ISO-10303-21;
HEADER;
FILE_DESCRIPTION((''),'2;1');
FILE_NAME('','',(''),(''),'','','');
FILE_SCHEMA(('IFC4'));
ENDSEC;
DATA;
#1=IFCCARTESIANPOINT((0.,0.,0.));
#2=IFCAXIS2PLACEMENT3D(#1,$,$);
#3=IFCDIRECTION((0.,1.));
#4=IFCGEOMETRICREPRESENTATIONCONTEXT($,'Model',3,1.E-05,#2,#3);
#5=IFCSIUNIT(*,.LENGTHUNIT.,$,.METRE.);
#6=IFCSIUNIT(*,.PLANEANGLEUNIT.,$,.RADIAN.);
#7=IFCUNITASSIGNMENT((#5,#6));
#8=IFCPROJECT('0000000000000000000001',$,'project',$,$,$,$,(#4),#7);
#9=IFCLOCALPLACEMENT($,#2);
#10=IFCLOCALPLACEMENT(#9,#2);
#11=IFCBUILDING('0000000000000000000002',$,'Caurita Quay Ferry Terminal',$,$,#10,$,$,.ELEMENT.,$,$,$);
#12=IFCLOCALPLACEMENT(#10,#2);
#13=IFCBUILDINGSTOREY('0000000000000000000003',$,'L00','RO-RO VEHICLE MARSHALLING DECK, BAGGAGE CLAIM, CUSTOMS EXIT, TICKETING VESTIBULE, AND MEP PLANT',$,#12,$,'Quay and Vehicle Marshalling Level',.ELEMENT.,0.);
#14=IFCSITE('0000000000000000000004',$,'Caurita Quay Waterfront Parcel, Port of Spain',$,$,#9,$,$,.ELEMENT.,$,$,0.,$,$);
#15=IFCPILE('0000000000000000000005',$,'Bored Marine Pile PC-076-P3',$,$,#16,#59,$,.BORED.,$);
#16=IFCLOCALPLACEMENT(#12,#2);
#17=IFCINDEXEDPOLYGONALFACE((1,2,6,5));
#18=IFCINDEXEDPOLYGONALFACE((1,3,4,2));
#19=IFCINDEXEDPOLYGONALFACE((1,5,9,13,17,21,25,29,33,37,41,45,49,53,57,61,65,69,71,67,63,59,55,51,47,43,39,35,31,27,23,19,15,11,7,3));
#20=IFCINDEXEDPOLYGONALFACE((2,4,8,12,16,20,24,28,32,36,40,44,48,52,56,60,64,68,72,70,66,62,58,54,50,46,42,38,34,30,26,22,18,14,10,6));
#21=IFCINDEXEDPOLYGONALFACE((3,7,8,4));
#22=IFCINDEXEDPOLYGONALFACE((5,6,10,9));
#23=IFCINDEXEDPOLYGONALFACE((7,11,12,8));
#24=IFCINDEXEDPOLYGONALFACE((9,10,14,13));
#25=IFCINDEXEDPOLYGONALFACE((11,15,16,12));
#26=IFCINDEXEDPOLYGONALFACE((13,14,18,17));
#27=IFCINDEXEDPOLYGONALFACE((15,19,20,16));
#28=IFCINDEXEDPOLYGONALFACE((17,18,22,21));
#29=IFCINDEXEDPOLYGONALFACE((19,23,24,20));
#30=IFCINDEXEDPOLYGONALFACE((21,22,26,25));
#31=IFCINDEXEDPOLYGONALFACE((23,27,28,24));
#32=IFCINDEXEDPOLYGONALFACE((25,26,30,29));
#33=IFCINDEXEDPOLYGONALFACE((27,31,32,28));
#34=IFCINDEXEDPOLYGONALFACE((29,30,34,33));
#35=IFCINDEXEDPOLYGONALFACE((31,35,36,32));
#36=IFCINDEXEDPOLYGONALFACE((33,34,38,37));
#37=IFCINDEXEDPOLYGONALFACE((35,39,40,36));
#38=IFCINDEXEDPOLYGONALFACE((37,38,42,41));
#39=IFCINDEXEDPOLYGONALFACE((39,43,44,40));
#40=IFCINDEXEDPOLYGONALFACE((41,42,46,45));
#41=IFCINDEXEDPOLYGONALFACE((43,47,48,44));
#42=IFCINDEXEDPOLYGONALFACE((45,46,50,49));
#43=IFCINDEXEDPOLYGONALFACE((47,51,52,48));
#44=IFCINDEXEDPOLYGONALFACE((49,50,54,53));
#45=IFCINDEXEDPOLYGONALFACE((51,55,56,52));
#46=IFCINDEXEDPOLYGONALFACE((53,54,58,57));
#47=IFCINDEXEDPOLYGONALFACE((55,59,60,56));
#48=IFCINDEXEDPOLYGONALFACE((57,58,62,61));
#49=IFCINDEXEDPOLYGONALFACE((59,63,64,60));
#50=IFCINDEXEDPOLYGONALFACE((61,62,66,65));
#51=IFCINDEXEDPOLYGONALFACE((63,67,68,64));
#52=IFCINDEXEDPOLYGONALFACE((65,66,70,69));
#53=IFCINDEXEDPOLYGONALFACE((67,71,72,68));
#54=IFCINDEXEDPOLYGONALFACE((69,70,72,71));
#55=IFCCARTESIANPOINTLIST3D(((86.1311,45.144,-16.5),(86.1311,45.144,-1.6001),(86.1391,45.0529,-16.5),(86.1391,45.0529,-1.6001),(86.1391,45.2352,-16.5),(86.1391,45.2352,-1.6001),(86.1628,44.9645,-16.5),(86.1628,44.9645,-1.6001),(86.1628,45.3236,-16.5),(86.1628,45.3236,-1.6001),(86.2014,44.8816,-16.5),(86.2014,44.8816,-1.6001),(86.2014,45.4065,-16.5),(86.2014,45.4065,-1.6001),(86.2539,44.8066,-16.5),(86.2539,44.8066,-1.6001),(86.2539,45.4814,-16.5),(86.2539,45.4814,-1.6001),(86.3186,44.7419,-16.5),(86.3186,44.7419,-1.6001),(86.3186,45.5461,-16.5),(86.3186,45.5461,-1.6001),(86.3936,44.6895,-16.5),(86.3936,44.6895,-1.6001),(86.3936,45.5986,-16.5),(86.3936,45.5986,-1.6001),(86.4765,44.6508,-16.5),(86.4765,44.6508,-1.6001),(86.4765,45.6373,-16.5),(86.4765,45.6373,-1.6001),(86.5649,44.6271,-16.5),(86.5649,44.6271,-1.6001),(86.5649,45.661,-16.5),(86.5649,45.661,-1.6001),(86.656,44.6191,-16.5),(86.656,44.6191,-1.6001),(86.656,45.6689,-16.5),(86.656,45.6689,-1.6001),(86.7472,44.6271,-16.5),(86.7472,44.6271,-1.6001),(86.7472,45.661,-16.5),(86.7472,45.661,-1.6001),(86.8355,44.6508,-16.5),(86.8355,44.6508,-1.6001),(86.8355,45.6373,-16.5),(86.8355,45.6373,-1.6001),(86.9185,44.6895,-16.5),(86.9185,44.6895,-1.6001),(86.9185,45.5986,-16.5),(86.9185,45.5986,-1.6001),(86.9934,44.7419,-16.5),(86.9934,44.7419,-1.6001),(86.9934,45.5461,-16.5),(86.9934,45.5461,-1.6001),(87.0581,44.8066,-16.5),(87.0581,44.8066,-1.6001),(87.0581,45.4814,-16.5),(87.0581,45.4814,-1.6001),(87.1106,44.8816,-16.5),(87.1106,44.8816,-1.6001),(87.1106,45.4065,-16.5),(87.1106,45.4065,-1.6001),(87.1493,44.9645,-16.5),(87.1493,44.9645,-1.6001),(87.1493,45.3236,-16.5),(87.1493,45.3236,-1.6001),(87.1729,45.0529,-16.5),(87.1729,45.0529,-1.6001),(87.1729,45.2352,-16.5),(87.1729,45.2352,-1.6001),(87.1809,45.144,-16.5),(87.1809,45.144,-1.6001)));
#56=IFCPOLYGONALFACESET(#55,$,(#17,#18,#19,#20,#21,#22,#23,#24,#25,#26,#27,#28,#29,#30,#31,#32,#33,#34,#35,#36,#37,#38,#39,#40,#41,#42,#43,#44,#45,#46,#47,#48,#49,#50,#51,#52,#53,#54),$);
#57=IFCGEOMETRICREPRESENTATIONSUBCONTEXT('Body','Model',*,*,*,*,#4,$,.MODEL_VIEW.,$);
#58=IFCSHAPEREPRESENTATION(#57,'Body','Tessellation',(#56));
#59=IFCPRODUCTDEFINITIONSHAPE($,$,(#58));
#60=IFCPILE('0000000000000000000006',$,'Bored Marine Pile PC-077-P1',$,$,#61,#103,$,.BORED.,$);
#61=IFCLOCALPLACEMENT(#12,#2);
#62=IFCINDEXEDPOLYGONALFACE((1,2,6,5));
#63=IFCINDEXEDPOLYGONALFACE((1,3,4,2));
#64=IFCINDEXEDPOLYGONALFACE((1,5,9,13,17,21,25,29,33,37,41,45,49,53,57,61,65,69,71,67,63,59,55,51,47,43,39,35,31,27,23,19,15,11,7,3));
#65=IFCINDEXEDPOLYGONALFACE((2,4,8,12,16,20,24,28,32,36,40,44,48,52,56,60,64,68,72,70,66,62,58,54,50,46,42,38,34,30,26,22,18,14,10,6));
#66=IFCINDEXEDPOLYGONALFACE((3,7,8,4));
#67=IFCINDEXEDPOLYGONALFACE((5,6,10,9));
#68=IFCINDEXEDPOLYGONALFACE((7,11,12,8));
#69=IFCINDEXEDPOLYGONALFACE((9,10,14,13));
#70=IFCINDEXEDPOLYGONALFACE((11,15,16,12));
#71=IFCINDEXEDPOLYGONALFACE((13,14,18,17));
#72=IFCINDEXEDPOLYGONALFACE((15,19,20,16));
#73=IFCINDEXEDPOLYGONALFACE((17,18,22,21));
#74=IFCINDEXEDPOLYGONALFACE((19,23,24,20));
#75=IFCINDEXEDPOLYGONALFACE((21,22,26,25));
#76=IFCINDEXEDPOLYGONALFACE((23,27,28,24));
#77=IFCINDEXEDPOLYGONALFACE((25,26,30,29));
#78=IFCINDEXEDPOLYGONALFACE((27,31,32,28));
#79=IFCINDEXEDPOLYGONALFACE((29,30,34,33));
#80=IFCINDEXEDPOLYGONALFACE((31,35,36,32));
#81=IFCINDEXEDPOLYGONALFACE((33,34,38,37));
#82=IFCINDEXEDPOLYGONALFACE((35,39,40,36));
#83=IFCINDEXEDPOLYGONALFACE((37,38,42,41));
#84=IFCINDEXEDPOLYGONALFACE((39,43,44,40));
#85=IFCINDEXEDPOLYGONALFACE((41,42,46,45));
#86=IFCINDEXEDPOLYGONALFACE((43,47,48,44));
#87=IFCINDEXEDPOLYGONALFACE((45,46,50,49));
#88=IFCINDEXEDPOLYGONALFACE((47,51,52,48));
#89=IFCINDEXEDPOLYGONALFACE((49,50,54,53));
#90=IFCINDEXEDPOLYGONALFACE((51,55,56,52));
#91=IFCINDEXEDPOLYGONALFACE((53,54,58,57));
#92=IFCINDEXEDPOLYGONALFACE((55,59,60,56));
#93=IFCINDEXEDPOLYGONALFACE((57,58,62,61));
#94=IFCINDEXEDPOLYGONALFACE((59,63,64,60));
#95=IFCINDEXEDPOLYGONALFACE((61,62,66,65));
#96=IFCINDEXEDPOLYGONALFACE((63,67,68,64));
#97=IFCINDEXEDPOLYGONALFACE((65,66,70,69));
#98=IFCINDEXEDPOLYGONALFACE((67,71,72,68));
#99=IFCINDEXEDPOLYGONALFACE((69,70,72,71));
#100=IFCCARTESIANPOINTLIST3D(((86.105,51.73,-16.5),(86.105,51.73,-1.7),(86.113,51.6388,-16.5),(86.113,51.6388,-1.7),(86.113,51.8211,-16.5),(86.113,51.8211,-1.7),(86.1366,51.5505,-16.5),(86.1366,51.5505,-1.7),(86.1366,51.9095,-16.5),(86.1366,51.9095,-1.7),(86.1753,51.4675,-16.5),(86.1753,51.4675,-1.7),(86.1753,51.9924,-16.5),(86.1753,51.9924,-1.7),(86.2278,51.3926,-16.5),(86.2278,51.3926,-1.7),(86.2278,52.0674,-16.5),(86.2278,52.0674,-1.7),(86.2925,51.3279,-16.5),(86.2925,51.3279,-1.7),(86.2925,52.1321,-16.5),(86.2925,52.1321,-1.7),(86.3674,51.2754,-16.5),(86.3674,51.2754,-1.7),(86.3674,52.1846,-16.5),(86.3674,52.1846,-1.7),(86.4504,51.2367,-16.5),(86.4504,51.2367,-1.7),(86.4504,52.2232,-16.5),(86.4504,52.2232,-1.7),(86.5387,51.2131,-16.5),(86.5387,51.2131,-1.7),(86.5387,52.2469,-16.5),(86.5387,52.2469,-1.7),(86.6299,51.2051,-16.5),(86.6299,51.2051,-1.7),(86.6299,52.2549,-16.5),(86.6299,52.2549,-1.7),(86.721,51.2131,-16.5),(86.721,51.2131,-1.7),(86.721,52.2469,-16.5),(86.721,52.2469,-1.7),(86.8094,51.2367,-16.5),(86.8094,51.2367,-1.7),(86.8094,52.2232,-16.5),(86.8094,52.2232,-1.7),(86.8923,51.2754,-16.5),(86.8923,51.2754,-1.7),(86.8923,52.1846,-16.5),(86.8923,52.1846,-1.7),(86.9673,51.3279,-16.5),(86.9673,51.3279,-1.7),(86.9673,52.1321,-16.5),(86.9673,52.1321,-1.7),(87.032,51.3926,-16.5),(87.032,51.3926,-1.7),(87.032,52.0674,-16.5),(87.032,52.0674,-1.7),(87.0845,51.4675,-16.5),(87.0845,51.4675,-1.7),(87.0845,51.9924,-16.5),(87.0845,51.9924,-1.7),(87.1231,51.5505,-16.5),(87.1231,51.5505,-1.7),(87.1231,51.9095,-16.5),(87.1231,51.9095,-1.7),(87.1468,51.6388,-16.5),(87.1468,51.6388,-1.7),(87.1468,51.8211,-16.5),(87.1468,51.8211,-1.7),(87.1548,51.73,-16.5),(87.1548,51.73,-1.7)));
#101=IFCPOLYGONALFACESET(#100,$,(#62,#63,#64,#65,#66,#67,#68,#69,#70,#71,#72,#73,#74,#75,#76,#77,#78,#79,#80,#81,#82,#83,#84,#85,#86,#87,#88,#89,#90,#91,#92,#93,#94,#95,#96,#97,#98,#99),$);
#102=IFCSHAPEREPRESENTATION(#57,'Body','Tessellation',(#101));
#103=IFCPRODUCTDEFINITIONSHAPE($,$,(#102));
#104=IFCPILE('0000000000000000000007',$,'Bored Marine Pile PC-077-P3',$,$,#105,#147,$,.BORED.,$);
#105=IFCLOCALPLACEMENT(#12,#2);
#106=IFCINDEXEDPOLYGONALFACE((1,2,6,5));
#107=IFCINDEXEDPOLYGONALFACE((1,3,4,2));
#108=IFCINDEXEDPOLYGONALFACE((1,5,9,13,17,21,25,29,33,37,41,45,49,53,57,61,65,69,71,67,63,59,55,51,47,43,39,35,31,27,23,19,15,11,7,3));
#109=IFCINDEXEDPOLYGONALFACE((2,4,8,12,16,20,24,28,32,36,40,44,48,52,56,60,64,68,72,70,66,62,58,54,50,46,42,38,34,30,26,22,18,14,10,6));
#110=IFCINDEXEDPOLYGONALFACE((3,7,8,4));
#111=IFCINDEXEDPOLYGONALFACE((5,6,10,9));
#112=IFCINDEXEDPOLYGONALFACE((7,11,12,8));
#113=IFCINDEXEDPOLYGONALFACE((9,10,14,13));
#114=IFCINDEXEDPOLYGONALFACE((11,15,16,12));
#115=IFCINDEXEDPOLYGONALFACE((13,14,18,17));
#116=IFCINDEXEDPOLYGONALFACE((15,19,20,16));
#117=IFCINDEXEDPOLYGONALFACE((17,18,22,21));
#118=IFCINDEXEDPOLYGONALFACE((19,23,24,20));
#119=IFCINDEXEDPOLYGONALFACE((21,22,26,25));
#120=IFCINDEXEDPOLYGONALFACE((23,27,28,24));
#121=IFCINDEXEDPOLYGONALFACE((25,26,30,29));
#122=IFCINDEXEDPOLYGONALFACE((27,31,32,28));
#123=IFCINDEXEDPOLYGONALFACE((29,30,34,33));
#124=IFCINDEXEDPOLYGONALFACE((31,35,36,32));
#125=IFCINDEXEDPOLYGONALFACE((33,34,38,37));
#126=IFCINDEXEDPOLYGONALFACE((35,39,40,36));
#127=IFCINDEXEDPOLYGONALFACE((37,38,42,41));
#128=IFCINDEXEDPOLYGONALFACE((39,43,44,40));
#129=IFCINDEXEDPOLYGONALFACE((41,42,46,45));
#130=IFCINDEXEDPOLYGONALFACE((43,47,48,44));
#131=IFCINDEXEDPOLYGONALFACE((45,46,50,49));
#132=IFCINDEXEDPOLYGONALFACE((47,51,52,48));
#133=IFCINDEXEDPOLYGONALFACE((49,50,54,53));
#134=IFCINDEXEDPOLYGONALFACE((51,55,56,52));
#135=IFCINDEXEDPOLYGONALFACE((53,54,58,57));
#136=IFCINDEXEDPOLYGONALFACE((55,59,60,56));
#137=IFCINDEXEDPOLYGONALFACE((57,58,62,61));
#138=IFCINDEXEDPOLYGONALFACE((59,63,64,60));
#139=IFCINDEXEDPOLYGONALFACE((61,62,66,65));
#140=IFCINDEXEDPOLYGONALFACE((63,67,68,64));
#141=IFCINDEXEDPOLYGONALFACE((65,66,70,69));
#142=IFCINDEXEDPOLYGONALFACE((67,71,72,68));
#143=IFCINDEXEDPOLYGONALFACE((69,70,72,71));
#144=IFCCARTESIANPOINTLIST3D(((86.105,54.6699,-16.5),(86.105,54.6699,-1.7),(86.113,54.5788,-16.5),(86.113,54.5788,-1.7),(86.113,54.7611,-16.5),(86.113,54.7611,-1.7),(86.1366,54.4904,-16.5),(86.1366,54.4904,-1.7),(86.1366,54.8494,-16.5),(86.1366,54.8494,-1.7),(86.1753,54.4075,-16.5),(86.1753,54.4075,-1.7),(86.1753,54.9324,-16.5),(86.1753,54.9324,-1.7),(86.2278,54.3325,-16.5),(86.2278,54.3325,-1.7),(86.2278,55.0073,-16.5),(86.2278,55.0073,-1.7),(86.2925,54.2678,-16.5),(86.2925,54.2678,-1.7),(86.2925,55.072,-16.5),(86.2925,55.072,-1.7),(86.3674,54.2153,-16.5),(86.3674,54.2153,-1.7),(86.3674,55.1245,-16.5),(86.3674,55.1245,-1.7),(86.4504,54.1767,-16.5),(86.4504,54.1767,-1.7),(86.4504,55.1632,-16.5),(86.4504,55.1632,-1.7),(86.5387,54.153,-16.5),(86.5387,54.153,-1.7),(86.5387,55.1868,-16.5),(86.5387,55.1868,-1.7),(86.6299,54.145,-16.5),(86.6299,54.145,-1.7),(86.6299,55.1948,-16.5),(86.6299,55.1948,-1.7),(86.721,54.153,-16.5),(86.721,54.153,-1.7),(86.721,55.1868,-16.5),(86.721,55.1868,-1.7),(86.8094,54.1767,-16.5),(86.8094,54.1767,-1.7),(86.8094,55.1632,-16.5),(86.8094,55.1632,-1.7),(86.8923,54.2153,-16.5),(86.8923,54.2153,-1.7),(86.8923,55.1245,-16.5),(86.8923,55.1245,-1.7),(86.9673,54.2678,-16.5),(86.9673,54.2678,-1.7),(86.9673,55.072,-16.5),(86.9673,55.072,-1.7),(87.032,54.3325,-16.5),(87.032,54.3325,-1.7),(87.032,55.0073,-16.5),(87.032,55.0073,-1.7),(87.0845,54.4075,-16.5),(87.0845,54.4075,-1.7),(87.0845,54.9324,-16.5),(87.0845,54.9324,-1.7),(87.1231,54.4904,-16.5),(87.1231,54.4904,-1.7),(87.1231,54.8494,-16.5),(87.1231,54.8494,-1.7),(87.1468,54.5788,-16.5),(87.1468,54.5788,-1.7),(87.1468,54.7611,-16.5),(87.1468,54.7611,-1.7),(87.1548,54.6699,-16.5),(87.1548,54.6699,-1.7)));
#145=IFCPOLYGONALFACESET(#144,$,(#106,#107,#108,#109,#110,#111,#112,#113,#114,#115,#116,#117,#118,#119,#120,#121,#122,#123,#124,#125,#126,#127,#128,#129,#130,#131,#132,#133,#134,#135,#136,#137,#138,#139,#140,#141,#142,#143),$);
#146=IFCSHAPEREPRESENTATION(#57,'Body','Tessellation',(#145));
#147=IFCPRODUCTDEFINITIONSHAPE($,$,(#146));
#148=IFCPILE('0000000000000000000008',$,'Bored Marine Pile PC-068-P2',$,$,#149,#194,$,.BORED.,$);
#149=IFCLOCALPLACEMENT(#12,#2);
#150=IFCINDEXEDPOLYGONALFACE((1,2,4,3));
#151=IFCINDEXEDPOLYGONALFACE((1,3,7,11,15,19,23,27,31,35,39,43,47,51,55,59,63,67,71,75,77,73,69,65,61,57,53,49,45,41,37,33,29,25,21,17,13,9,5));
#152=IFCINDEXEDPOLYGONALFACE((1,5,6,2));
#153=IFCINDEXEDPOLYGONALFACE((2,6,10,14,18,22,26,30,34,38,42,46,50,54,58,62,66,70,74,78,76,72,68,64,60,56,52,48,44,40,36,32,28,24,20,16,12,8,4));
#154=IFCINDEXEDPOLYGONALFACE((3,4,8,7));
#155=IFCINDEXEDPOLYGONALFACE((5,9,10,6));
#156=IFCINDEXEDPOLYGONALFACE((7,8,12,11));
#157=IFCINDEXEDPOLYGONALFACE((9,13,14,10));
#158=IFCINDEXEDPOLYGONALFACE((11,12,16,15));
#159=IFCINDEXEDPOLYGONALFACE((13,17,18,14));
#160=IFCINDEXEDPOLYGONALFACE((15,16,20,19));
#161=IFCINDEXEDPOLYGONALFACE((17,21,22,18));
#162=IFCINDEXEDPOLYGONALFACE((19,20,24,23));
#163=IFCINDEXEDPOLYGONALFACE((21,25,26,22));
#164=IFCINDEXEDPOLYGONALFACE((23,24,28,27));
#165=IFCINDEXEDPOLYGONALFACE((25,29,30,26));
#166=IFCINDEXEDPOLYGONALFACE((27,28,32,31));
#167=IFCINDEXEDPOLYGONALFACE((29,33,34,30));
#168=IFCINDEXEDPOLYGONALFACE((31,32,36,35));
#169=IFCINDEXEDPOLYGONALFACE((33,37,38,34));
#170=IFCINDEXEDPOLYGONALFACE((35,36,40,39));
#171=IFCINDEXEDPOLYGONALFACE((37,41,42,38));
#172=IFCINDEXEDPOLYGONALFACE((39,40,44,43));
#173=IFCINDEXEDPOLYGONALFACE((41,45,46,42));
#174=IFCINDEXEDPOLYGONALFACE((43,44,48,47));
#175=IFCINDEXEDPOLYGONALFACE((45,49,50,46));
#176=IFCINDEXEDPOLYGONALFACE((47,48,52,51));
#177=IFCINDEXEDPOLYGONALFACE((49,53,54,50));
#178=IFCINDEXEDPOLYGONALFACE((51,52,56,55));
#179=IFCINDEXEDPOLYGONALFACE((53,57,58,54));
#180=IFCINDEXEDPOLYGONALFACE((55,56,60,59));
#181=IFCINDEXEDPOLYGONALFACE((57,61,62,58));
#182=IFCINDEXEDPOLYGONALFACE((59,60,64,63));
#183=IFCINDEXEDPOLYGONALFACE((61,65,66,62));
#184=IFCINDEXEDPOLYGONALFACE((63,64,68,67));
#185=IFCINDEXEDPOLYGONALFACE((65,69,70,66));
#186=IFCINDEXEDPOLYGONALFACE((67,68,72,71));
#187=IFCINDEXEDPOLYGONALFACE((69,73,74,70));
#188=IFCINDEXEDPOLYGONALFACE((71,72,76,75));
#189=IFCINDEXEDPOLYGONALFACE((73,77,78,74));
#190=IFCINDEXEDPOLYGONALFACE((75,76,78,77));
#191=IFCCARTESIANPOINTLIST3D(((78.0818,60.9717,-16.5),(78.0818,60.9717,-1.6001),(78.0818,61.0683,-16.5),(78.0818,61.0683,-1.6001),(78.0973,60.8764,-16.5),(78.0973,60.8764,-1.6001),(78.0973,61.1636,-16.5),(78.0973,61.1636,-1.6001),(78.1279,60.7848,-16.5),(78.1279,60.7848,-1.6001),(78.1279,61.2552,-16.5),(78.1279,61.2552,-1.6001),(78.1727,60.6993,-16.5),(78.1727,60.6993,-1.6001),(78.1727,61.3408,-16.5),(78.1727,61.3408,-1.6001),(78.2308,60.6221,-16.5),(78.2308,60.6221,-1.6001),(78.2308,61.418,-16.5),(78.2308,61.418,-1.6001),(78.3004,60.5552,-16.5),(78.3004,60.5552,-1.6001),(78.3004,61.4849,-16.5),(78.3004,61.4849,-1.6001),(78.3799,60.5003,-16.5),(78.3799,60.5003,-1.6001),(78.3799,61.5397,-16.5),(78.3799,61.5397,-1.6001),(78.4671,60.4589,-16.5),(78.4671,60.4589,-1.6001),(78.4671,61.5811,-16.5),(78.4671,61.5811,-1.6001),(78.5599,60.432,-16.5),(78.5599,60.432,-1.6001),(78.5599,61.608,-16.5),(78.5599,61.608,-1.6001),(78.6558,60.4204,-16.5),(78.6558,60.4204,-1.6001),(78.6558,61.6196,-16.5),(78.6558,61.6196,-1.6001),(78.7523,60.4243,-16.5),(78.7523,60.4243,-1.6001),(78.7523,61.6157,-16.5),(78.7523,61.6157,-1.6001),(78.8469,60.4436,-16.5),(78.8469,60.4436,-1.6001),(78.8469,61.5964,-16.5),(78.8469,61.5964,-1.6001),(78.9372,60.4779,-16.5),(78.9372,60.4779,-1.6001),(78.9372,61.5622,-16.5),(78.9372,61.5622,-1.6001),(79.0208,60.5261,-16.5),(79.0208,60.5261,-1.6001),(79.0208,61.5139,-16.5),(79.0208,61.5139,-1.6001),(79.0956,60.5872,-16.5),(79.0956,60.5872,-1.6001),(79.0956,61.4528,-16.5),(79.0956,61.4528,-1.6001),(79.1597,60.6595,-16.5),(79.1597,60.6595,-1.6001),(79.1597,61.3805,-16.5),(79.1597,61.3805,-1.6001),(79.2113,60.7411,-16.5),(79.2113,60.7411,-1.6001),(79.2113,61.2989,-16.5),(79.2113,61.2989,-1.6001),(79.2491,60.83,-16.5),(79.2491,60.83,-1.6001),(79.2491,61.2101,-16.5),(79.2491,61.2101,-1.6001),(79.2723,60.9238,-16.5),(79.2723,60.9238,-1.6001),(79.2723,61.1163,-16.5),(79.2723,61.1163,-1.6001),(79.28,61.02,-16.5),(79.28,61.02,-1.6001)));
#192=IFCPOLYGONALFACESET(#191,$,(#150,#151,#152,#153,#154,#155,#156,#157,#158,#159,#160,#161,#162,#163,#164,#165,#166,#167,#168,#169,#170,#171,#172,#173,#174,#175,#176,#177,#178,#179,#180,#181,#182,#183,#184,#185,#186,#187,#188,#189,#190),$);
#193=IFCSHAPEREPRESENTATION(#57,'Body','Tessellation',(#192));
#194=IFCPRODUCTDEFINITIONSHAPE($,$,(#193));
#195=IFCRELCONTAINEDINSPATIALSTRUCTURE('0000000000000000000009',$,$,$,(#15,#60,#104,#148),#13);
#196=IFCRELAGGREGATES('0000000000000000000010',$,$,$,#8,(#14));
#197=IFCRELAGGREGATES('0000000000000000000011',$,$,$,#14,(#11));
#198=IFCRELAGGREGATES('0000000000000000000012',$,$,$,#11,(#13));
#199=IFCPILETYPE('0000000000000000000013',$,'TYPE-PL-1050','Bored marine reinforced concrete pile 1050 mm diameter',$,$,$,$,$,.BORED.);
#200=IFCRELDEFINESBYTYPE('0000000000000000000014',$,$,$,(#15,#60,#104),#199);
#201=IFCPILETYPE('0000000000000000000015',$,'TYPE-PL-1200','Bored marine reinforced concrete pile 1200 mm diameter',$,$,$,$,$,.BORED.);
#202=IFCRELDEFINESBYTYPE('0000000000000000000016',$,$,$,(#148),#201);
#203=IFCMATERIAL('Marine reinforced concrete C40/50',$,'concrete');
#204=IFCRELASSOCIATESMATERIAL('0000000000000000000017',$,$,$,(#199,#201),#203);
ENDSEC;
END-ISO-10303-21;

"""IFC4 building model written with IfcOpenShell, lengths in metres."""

from ifc_helpers import new_model, si_unit, direction, frame, origin, origin_2d, place, context, subcontext, project, spatial, circle, extrude, material, material_profile, profile_set, type_object, element, save


model = new_model("IFC4")

# Units and contexts
model_context = context("Model", 3, precision=1e-05, world=origin(), true_north=direction((0.0, 1.0)))
body_context = subcontext(model_context, "Body", "Model", "MODEL_VIEW")
ifc_project = project(units=[si_unit("LENGTHUNIT", "METRE"), si_unit("PLANEANGLEUNIT", "RADIAN")], contexts=[model_context])

# Site, building, storey
site_placement = place(None, origin())
site = spatial("IfcSite", under=ifc_project, at=site_placement, Name="Caurita Quay Waterfront Parcel, Port of Spain", CompositionType="ELEMENT", RefElevation=0.0)
building_placement = place(site_placement, origin())
building = spatial("IfcBuilding", under=site, at=building_placement, Name="Caurita Quay Ferry Terminal", CompositionType="ELEMENT")
storey_placement = place(building_placement, origin())
storey = spatial("IfcBuildingStorey", under=building, at=storey_placement, Name="L00", Description="RO-RO VEHICLE MARSHALLING DECK, BAGGAGE CLAIM, CUSTOMS EXIT, TICKETING VESTIBULE, AND MEP PLANT", LongName="Quay and Vehicle Marshalling Level", CompositionType="ELEMENT", Elevation=0.0)

# Piles
ifc_material_1 = material(Name="Marine reinforced concrete C40/50", Category="concrete")
ifc_material_profile_1 = material_profile(ifc_material_1, circle(Radius=0.5249, at=origin_2d()), Name="PILE-D1050")
ifc_profile_set_1 = profile_set([ifc_material_profile_1], Name="Marine reinforced concrete C40/50")
pile_type_1 = type_object("IfcPileType", Name="TYPE-PL-1050", Description="Bored marine reinforced concrete pile 1050 mm diameter", PredefinedType="BORED", material=ifc_profile_set_1)
pile_placement = place(storey_placement, frame((86.656, 45.144, -1.6001), z_axis=(0.0, 0.0, -1.0), x_axis=(1.0, 0.0, 0.0)))
element("IfcPile", 1, at=pile_placement, inside=storey, type_object=pile_type_1, Name="Bored Marine Pile PC-076-P3", PredefinedType="BORED", context=body_context, shape_type="SweptSolid", body=[
    extrude(circle(Radius=0.5249, at=origin_2d()), origin(), (0.0, 0.0, 1.0), 14.8999),
])
for number, where, z_axis, x_axis, name in (
    (2, (86.6299, 51.73, -1.7), (0.0, 0.0, -1.0), (1.0, 0.0, 0.0), "Bored Marine Pile PC-077-P1"),
    (3, (86.6299, 54.6699, -1.7), (0.0, 0.0, -1.0), (1.0, 0.0, 0.0), "Bored Marine Pile PC-077-P3"),
):
    element("IfcPile", number, at=place(storey_placement, frame(where, z_axis=z_axis, x_axis=x_axis)), inside=storey, type_object=pile_type_1, Name=name, PredefinedType="BORED", context=body_context, shape_type="SweptSolid", body=[
        extrude(circle(Radius=0.5249, at=origin_2d()), origin(), (0.0, 0.0, 1.0), 14.8),
    ])
ifc_material_profile_2 = material_profile(ifc_material_1, circle(Radius=0.6001, at=origin_2d()), Name="PILE-D1200")
ifc_profile_set_2 = profile_set([ifc_material_profile_2], Name="Marine reinforced concrete C40/50")
pile_type_2 = type_object("IfcPileType", Name="TYPE-PL-1200", Description="Bored marine reinforced concrete pile 1200 mm diameter", PredefinedType="BORED", material=ifc_profile_set_2)
for number, where, z_axis, x_axis, name in (
    (4, (78.6799, 61.02, -1.6001), (0.0, 0.0, -1.0), (1.0, 0.0, 0.0), "Bored Marine Pile PC-068-P2"),
):
    element("IfcPile", number, at=place(storey_placement, frame(where, z_axis=z_axis, x_axis=x_axis)), inside=storey, type_object=pile_type_2, Name=name, PredefinedType="BORED", context=body_context, shape_type="SweptSolid", body=[
        extrude(circle(Radius=0.6001, at=origin_2d()), origin(), (0.0, 0.0, 1.0), 14.8999),
    ])

save(model, "model.ifc")
